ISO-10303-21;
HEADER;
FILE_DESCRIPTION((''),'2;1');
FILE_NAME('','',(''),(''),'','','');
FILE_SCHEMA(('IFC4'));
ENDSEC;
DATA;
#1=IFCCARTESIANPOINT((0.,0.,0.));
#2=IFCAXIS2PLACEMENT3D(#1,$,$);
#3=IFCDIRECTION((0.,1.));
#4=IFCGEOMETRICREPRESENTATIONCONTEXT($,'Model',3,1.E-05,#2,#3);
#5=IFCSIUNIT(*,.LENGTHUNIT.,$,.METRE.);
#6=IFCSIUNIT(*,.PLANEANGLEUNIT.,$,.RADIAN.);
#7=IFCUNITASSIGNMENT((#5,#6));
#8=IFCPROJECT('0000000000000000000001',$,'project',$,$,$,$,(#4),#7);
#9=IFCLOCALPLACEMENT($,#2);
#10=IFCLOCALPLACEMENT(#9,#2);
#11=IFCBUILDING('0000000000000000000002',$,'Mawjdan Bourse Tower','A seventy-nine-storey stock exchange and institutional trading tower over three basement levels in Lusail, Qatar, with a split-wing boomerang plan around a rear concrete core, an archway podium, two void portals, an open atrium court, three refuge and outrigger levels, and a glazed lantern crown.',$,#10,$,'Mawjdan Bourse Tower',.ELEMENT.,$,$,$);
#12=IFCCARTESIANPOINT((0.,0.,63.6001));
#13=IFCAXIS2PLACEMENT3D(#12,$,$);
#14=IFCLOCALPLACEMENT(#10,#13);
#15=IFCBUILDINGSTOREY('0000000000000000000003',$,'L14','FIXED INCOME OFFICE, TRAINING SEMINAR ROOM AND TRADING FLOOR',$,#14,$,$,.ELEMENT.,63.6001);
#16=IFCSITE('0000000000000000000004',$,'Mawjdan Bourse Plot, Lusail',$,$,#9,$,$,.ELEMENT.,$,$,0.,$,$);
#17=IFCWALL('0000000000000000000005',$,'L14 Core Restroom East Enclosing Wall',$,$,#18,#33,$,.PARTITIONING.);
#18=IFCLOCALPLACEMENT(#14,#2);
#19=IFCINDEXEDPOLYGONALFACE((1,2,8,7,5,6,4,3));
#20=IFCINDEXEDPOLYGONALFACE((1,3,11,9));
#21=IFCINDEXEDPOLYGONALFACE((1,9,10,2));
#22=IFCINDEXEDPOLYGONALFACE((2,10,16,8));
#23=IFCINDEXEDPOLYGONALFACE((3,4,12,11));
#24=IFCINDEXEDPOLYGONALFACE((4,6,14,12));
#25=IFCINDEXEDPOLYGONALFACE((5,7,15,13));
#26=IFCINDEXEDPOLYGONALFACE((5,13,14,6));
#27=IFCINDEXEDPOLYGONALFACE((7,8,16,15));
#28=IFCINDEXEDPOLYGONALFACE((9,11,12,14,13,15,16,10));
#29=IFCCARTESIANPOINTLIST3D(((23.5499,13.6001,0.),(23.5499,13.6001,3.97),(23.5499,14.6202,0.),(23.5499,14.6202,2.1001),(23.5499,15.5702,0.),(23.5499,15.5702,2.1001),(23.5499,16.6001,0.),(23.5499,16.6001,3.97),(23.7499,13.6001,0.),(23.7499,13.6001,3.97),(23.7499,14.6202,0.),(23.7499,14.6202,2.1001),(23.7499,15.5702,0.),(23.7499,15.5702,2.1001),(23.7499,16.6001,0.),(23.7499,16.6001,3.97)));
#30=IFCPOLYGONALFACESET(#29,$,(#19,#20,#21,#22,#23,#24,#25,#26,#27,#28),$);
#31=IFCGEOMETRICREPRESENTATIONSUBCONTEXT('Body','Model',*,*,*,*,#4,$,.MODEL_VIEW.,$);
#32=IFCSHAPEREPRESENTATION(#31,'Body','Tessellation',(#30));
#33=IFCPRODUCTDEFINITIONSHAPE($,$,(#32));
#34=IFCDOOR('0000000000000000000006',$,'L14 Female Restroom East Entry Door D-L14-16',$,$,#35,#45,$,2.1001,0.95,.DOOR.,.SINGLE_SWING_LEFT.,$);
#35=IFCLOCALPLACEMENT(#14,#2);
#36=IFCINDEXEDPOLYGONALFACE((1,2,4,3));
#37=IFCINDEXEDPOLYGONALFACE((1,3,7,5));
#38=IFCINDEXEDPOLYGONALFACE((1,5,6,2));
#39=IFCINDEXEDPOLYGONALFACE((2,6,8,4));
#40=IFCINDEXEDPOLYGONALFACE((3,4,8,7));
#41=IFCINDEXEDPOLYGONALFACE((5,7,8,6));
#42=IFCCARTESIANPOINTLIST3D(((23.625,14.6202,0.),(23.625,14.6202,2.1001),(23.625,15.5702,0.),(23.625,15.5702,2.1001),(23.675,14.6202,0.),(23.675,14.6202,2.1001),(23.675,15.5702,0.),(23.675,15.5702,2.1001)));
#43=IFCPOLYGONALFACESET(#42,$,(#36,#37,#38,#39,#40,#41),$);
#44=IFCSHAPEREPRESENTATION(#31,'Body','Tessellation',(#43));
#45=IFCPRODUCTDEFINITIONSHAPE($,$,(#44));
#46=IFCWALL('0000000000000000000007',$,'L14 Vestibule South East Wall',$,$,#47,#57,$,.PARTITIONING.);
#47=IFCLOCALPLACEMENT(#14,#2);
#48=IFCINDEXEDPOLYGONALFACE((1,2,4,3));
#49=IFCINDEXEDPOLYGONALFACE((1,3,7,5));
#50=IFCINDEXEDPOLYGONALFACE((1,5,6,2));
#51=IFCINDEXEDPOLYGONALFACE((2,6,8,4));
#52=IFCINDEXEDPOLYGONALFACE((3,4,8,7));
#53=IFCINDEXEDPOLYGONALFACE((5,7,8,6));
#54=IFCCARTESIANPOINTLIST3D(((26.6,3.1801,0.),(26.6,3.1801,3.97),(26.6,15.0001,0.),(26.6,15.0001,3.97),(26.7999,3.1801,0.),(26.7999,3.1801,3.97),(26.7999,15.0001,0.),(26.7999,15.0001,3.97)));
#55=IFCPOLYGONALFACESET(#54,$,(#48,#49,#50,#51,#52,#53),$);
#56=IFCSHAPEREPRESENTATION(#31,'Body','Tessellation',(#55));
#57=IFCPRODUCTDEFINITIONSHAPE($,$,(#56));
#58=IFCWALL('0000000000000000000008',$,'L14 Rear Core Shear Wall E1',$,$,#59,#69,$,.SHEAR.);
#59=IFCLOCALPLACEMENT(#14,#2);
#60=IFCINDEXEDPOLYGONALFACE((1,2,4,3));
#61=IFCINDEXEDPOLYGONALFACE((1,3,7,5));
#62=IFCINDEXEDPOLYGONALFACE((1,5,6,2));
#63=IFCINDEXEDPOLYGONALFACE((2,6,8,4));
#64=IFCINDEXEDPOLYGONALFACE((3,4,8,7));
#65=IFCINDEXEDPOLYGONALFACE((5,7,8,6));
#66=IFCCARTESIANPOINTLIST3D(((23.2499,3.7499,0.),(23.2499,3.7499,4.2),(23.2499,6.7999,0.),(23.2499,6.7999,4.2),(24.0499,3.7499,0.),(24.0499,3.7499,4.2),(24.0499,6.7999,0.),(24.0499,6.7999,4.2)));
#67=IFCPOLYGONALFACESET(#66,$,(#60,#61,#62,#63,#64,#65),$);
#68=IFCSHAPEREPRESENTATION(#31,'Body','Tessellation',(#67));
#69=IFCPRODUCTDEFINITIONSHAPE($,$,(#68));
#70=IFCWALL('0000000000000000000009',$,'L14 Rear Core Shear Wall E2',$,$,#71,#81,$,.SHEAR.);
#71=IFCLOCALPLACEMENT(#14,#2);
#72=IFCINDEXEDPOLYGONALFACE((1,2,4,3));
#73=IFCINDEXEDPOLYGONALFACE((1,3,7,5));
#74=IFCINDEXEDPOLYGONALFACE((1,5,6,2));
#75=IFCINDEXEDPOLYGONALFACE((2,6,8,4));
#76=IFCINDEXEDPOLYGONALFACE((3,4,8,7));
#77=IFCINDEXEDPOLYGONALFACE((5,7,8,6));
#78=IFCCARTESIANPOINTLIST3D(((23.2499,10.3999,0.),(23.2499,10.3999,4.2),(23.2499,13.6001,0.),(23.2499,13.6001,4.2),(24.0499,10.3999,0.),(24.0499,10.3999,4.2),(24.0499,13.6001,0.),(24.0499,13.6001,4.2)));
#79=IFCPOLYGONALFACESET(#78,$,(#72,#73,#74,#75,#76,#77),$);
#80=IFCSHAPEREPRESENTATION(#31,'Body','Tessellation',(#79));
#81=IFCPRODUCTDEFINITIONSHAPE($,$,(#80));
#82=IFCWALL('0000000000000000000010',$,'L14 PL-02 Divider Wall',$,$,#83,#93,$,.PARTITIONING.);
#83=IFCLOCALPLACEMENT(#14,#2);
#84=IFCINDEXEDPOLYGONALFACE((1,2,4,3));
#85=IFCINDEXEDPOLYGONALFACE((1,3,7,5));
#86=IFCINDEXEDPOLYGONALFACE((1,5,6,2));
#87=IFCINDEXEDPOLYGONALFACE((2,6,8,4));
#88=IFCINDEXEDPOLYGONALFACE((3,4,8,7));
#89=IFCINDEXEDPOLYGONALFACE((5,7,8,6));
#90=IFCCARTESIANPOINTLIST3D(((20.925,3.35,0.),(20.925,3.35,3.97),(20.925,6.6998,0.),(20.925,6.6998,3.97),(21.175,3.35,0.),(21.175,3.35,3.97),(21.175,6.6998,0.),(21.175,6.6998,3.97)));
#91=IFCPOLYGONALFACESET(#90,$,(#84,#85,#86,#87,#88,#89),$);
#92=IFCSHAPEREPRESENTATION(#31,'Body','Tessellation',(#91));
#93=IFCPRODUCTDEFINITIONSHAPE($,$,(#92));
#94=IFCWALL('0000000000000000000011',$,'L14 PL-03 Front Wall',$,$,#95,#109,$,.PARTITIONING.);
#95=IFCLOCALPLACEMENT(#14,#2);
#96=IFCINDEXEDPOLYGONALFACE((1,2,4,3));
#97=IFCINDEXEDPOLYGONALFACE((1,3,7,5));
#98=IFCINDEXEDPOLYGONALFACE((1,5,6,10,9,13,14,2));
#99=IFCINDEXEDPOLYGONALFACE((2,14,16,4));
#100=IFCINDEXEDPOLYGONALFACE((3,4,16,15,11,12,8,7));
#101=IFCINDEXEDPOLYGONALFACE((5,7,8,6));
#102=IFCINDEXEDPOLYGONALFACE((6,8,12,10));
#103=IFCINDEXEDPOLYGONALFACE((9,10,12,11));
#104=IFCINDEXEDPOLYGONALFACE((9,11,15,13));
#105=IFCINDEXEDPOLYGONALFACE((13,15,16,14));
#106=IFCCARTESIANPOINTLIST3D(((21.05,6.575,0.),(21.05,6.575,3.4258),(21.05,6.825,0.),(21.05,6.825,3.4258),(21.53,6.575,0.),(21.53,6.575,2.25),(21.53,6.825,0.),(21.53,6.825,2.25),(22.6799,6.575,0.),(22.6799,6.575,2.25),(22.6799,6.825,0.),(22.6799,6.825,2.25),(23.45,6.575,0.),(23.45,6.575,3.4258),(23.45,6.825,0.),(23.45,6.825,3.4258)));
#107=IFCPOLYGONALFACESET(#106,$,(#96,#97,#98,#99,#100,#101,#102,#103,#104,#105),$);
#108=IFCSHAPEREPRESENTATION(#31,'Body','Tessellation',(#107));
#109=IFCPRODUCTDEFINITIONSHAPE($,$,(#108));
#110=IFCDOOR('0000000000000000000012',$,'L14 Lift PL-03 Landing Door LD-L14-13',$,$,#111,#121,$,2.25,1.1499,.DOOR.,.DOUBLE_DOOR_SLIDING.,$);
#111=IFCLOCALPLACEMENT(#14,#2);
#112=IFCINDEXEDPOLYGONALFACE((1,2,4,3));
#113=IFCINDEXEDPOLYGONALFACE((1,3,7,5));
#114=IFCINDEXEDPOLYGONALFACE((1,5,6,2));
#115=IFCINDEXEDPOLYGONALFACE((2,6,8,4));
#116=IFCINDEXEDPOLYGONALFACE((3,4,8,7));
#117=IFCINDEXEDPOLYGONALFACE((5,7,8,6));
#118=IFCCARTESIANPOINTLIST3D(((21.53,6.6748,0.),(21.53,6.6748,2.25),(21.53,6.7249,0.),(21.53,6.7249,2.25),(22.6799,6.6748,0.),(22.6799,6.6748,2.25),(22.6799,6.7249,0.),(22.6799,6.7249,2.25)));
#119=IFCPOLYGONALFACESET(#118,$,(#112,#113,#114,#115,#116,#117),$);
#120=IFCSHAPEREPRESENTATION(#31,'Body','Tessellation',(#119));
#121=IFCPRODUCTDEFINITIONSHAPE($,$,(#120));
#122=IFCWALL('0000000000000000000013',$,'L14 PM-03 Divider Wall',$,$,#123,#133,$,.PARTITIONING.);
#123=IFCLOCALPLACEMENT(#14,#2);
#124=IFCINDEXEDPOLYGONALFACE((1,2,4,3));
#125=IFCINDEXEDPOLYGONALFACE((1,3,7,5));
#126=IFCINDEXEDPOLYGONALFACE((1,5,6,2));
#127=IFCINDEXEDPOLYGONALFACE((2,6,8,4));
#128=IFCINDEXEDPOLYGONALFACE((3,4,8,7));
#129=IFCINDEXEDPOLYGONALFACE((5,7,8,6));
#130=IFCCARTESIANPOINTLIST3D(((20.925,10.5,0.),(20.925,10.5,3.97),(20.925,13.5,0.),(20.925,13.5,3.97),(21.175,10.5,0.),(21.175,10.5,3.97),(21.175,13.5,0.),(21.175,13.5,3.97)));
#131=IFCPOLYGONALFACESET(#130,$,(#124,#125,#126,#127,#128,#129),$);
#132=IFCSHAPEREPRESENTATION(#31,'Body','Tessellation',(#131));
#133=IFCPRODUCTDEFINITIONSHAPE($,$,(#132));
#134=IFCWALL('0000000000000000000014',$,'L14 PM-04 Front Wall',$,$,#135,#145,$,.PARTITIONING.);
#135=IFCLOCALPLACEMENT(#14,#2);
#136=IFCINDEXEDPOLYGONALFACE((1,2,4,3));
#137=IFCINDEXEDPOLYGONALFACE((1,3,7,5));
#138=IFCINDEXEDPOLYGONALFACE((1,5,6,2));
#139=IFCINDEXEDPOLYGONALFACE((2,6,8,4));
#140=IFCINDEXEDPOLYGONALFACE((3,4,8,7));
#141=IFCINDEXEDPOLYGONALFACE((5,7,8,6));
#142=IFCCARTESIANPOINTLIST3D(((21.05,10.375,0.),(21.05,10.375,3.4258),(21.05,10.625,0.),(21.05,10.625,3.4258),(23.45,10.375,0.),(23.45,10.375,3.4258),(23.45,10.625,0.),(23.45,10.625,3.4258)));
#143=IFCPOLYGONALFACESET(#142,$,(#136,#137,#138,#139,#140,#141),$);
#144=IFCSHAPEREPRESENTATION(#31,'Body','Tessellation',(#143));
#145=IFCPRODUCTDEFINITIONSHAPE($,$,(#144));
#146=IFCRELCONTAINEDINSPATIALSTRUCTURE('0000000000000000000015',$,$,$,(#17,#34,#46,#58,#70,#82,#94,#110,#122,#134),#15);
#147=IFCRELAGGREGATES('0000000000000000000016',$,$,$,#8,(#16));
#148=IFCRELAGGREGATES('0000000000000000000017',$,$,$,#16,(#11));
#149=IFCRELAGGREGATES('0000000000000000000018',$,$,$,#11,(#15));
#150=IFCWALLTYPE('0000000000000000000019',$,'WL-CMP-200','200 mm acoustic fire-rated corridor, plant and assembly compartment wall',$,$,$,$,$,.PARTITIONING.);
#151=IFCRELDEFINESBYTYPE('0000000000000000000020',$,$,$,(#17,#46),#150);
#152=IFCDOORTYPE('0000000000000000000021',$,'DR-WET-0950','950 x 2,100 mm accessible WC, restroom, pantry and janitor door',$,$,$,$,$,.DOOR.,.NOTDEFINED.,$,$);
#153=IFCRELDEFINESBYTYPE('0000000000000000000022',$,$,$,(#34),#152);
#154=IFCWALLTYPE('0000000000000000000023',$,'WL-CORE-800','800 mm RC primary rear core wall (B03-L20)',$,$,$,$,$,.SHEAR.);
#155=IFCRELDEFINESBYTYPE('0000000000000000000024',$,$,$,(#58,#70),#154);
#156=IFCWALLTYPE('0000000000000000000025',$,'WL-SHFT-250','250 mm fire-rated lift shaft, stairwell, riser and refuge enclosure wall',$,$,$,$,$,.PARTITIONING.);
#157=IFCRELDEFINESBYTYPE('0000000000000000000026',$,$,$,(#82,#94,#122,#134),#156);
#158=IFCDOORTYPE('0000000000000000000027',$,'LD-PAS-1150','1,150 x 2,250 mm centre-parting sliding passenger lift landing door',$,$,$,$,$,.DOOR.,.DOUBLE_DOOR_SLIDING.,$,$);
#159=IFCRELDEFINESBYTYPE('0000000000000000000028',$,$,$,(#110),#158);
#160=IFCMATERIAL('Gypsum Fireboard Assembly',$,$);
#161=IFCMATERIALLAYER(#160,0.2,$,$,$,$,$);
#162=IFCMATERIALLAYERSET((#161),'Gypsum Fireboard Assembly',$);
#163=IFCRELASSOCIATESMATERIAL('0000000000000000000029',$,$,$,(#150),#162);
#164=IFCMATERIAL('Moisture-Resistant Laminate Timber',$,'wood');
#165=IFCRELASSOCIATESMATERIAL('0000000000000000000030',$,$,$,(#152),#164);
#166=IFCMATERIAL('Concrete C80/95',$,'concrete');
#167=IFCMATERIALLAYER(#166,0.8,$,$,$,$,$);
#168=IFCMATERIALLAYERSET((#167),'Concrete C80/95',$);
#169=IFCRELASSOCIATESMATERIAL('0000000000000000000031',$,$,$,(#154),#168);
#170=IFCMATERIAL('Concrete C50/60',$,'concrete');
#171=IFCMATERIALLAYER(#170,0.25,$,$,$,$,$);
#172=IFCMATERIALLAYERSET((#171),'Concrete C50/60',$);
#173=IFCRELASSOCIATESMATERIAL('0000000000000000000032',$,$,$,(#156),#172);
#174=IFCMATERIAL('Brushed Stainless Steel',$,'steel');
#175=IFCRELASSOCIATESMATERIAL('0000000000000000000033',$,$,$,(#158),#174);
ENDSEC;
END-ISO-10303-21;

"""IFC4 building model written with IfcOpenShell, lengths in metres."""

from ifc_helpers import new_model, si_unit, direction, frame, frame_2d, origin, place, context, subcontext, project, spatial, rectangle, extrude, material, layer, layer_set, type_object, element, fill, save


model = new_model("IFC4")

# Units and contexts
model_context = context("Model", 3, precision=1e-05, world=origin(), true_north=direction((0.0, 1.0)))
body_context = subcontext(model_context, "Body", "Model", "MODEL_VIEW")
ifc_project = project(units=[si_unit("LENGTHUNIT", "METRE"), si_unit("PLANEANGLEUNIT", "RADIAN")], contexts=[model_context])

# Site, building, storey
site_placement = place(None, origin())
site = spatial("IfcSite", under=ifc_project, at=site_placement, Name="Mawjdan Bourse Plot, Lusail", CompositionType="ELEMENT", RefElevation=0.0)
building_placement = place(site_placement, origin())
building = spatial("IfcBuilding", under=site, at=building_placement, Name="Mawjdan Bourse Tower", Description="A seventy-nine-storey stock exchange and institutional trading tower over three basement levels in Lusail, Qatar, with a split-wing boomerang plan around a rear concrete core, an archway podium, two void portals, an open atrium court, three refuge and outrigger levels, and a glazed lantern crown.", LongName="Mawjdan Bourse Tower", CompositionType="ELEMENT")
storey_placement = place(building_placement, frame((0.0, 0.0, 63.6001)))
storey = spatial("IfcBuildingStorey", under=building, at=storey_placement, Name="L14", Description="FIXED INCOME OFFICE, TRAINING SEMINAR ROOM AND TRADING FLOOR", CompositionType="ELEMENT", Elevation=63.6001)

# Shared definitions
ifc_material_1 = material(Name="Concrete C80/95", Category="concrete")

# Wall, opening, door
ifc_material_2 = material(Name="Gypsum Fireboard Assembly")
ifc_layer_1 = layer(ifc_material_2, 0.2)
ifc_layer_set_1 = layer_set([ifc_layer_1], Name="Gypsum Fireboard Assembly")
wall_type_1 = type_object("IfcWallType", Name="WL-CMP-200", Description="200 mm acoustic fire-rated corridor, plant and assembly compartment wall", PredefinedType="PARTITIONING", material=ifc_layer_set_1)
wall_1_placement = place(storey_placement, frame((23.6499, 13.6001, 0.0), z_axis=(0.0, 0.0, 1.0), x_axis=(0.0, 1.0, 0.0)))
wall_1 = element("IfcWall", 1, at=wall_1_placement, inside=storey, type_object=wall_type_1, Name="L14 Core Restroom East Enclosing Wall", PredefinedType="PARTITIONING", context=body_context, shape_type="SweptSolid", body=[
    extrude(rectangle(XDim=3.0, YDim=0.2, at=frame_2d((1.5, 0.0))), origin(), (0.0, 0.0, 1.0), 3.97),
])
opening_1_placement = place(wall_1_placement, frame((1.02, 0.0, 0.0)))
opening_1 = element("IfcOpeningElement", 2, at=opening_1_placement, cuts=wall_1, PredefinedType="OPENING", context=body_context, shape_type="SweptSolid", body=[
    extrude(rectangle(XDim=0.95, YDim=2.1001, at=frame_2d((0.4751, 1.05))), frame((0.0, 0.1099, 0.0), z_axis=(0.0, -1.0, 0.0), x_axis=(1.0, 0.0, 0.0)), (0.0, 0.0, 1.0), 0.22),
])
ifc_material_3 = material(Name="Moisture-Resistant Laminate Timber", Category="wood")
door_type_1 = type_object("IfcDoorType", Name="DR-WET-0950", Description="950 x 2,100 mm accessible WC, restroom, pantry and janitor door", OperationType="NOTDEFINED", PredefinedType="DOOR", material=ifc_material_3)
door_1_placement = place(opening_1_placement, origin())
door_1 = element("IfcDoor", 3, at=door_1_placement, inside=storey, type_object=door_type_1, Name="L14 Female Restroom East Entry Door D-L14-16", OperationType="SINGLE_SWING_LEFT", OverallHeight=2.1001, OverallWidth=0.95, PredefinedType="DOOR", context=body_context, shape_type="SweptSolid", body=[
    extrude(rectangle(XDim=0.95, YDim=2.1001, at=frame_2d((0.4751, 1.05))), frame((0.0, 0.0249, 0.0), z_axis=(0.0, -1.0, 0.0), x_axis=(1.0, 0.0, 0.0)), (0.0, 0.0, 1.0), 0.05),
])
fill(opening_1, door_1)

# Walls
wall_2_placement = place(storey_placement, frame((26.7, 3.1799, 0.0), z_axis=(0.0, 0.0, 1.0), x_axis=(0.0, 1.0, 0.0)))
element("IfcWall", 4, at=wall_2_placement, inside=storey, type_object=wall_type_1, Name="L14 Vestibule South East Wall", PredefinedType="PARTITIONING", context=body_context, shape_type="SweptSolid", body=[
    extrude(rectangle(XDim=11.8201, YDim=0.2, at=frame_2d((5.9102, 0.0))), origin(), (0.0, 0.0, 1.0), 3.97),
])
ifc_layer_2 = layer(ifc_material_1, 0.8)
ifc_layer_set_2 = layer_set([ifc_layer_2], Name="Concrete C80/95")
wall_type_2 = type_object("IfcWallType", Name="WL-CORE-800", Description="800 mm RC primary rear core wall (B03-L20)", PredefinedType="SHEAR", material=ifc_layer_set_2)
wall_3_placement = place(storey_placement, frame((23.6499, 3.75, 0.0), z_axis=(0.0, 0.0, 1.0), x_axis=(0.0, 1.0, 0.0)))
element("IfcWall", 5, at=wall_3_placement, inside=storey, type_object=wall_type_2, Name="L14 Rear Core Shear Wall E1", PredefinedType="SHEAR", context=body_context, shape_type="SweptSolid", body=[
    extrude(rectangle(XDim=3.05, YDim=0.8, at=frame_2d((1.5249, 0.0))), origin(), (0.0, 0.0, 1.0), 4.2),
])
wall_4_placement = place(storey_placement, frame((23.6499, 10.3999, 0.0), z_axis=(0.0, 0.0, 1.0), x_axis=(0.0, 1.0, 0.0)))
element("IfcWall", 6, at=wall_4_placement, inside=storey, type_object=wall_type_2, Name="L14 Rear Core Shear Wall E2", PredefinedType="SHEAR", context=body_context, shape_type="SweptSolid", body=[
    extrude(rectangle(XDim=3.2002, YDim=0.8, at=frame_2d((1.6001, 0.0))), origin(), (0.0, 0.0, 1.0), 4.2),
])
ifc_material_4 = material(Name="Concrete C50/60", Category="concrete")
ifc_layer_3 = layer(ifc_material_4, 0.25)
ifc_layer_set_3 = layer_set([ifc_layer_3], Name="Concrete C50/60")
wall_type_3 = type_object("IfcWallType", Name="WL-SHFT-250", Description="250 mm fire-rated lift shaft, stairwell, riser and refuge enclosure wall", PredefinedType="PARTITIONING", material=ifc_layer_set_3)
wall_5_placement = place(storey_placement, frame((21.05, 3.3501, 0.0), z_axis=(0.0, 0.0, 1.0), x_axis=(0.0, 1.0, 0.0)))
element("IfcWall", 7, at=wall_5_placement, inside=storey, type_object=wall_type_3, Name="L14 PL-02 Divider Wall", PredefinedType="PARTITIONING", context=body_context, shape_type="SweptSolid", body=[
    extrude(rectangle(XDim=3.3499, YDim=0.25, at=frame_2d((1.6748, 0.0))), origin(), (0.0, 0.0, 1.0), 3.97),
])

# Wall, opening, door
wall_6_placement = place(storey_placement, frame((21.05, 6.7, 0.0), z_axis=(0.0, 0.0, 1.0), x_axis=(1.0, 0.0, 0.0)))
wall_6 = element("IfcWall", 8, at=wall_6_placement, inside=storey, type_object=wall_type_3, Name="L14 PL-03 Front Wall", PredefinedType="PARTITIONING", context=body_context, shape_type="SweptSolid", body=[
    extrude(rectangle(XDim=2.3999, YDim=0.25, at=frame_2d((1.2, 0.0))), origin(), (0.0, 0.0, 1.0), 3.4258),
])
opening_2_placement = place(wall_6_placement, frame((0.48, 0.0, 0.0)))
opening_2 = element("IfcOpeningElement", 9, at=opening_2_placement, cuts=wall_6, PredefinedType="OPENING", context=body_context, shape_type="SweptSolid", body=[
    extrude(rectangle(XDim=1.1499, YDim=2.25, at=frame_2d((0.575, 1.125))), frame((0.0, 0.135, 0.0), z_axis=(0.0, -1.0, 0.0), x_axis=(1.0, 0.0, 0.0)), (0.0, 0.0, 1.0), 0.27),
])
ifc_material_5 = material(Name="Brushed Stainless Steel", Category="steel")
door_type_2 = type_object("IfcDoorType", Name="LD-PAS-1150", Description="1,150 x 2,250 mm centre-parting sliding passenger lift landing door", OperationType="DOUBLE_DOOR_SLIDING", PredefinedType="DOOR", material=ifc_material_5)
door_2_placement = place(opening_2_placement, origin())
door_2 = element("IfcDoor", 10, at=door_2_placement, inside=storey, type_object=door_type_2, Name="L14 Lift PL-03 Landing Door LD-L14-13", OperationType="DOUBLE_DOOR_SLIDING", OverallHeight=2.25, OverallWidth=1.1499, PredefinedType="DOOR", context=body_context, shape_type="SweptSolid", body=[
    extrude(rectangle(XDim=1.1499, YDim=2.25, at=frame_2d((0.575, 1.125))), frame((0.0, 0.0249, 0.0), z_axis=(0.0, -1.0, 0.0), x_axis=(1.0, 0.0, 0.0)), (0.0, 0.0, 1.0), 0.05),
])
fill(opening_2, door_2)

# Walls
wall_7_placement = place(storey_placement, frame((21.05, 10.5, 0.0), z_axis=(0.0, 0.0, 1.0), x_axis=(0.0, 1.0, 0.0)))
element("IfcWall", 11, at=wall_7_placement, inside=storey, type_object=wall_type_3, Name="L14 PM-03 Divider Wall", PredefinedType="PARTITIONING", context=body_context, shape_type="SweptSolid", body=[
    extrude(rectangle(XDim=3.0, YDim=0.25, at=frame_2d((1.5, 0.0))), origin(), (0.0, 0.0, 1.0), 3.97),
])
wall_8_placement = place(storey_placement, frame((21.05, 10.5, 0.0), z_axis=(0.0, 0.0, 1.0), x_axis=(1.0, 0.0, 0.0)))
element("IfcWall", 12, at=wall_8_placement, inside=storey, type_object=wall_type_3, Name="L14 PM-04 Front Wall", PredefinedType="PARTITIONING", context=body_context, shape_type="SweptSolid", body=[
    extrude(rectangle(XDim=2.3999, YDim=0.25, at=frame_2d((1.2, 0.0))), origin(), (0.0, 0.0, 1.0), 3.4258),
])

save(model, "model.ifc")
